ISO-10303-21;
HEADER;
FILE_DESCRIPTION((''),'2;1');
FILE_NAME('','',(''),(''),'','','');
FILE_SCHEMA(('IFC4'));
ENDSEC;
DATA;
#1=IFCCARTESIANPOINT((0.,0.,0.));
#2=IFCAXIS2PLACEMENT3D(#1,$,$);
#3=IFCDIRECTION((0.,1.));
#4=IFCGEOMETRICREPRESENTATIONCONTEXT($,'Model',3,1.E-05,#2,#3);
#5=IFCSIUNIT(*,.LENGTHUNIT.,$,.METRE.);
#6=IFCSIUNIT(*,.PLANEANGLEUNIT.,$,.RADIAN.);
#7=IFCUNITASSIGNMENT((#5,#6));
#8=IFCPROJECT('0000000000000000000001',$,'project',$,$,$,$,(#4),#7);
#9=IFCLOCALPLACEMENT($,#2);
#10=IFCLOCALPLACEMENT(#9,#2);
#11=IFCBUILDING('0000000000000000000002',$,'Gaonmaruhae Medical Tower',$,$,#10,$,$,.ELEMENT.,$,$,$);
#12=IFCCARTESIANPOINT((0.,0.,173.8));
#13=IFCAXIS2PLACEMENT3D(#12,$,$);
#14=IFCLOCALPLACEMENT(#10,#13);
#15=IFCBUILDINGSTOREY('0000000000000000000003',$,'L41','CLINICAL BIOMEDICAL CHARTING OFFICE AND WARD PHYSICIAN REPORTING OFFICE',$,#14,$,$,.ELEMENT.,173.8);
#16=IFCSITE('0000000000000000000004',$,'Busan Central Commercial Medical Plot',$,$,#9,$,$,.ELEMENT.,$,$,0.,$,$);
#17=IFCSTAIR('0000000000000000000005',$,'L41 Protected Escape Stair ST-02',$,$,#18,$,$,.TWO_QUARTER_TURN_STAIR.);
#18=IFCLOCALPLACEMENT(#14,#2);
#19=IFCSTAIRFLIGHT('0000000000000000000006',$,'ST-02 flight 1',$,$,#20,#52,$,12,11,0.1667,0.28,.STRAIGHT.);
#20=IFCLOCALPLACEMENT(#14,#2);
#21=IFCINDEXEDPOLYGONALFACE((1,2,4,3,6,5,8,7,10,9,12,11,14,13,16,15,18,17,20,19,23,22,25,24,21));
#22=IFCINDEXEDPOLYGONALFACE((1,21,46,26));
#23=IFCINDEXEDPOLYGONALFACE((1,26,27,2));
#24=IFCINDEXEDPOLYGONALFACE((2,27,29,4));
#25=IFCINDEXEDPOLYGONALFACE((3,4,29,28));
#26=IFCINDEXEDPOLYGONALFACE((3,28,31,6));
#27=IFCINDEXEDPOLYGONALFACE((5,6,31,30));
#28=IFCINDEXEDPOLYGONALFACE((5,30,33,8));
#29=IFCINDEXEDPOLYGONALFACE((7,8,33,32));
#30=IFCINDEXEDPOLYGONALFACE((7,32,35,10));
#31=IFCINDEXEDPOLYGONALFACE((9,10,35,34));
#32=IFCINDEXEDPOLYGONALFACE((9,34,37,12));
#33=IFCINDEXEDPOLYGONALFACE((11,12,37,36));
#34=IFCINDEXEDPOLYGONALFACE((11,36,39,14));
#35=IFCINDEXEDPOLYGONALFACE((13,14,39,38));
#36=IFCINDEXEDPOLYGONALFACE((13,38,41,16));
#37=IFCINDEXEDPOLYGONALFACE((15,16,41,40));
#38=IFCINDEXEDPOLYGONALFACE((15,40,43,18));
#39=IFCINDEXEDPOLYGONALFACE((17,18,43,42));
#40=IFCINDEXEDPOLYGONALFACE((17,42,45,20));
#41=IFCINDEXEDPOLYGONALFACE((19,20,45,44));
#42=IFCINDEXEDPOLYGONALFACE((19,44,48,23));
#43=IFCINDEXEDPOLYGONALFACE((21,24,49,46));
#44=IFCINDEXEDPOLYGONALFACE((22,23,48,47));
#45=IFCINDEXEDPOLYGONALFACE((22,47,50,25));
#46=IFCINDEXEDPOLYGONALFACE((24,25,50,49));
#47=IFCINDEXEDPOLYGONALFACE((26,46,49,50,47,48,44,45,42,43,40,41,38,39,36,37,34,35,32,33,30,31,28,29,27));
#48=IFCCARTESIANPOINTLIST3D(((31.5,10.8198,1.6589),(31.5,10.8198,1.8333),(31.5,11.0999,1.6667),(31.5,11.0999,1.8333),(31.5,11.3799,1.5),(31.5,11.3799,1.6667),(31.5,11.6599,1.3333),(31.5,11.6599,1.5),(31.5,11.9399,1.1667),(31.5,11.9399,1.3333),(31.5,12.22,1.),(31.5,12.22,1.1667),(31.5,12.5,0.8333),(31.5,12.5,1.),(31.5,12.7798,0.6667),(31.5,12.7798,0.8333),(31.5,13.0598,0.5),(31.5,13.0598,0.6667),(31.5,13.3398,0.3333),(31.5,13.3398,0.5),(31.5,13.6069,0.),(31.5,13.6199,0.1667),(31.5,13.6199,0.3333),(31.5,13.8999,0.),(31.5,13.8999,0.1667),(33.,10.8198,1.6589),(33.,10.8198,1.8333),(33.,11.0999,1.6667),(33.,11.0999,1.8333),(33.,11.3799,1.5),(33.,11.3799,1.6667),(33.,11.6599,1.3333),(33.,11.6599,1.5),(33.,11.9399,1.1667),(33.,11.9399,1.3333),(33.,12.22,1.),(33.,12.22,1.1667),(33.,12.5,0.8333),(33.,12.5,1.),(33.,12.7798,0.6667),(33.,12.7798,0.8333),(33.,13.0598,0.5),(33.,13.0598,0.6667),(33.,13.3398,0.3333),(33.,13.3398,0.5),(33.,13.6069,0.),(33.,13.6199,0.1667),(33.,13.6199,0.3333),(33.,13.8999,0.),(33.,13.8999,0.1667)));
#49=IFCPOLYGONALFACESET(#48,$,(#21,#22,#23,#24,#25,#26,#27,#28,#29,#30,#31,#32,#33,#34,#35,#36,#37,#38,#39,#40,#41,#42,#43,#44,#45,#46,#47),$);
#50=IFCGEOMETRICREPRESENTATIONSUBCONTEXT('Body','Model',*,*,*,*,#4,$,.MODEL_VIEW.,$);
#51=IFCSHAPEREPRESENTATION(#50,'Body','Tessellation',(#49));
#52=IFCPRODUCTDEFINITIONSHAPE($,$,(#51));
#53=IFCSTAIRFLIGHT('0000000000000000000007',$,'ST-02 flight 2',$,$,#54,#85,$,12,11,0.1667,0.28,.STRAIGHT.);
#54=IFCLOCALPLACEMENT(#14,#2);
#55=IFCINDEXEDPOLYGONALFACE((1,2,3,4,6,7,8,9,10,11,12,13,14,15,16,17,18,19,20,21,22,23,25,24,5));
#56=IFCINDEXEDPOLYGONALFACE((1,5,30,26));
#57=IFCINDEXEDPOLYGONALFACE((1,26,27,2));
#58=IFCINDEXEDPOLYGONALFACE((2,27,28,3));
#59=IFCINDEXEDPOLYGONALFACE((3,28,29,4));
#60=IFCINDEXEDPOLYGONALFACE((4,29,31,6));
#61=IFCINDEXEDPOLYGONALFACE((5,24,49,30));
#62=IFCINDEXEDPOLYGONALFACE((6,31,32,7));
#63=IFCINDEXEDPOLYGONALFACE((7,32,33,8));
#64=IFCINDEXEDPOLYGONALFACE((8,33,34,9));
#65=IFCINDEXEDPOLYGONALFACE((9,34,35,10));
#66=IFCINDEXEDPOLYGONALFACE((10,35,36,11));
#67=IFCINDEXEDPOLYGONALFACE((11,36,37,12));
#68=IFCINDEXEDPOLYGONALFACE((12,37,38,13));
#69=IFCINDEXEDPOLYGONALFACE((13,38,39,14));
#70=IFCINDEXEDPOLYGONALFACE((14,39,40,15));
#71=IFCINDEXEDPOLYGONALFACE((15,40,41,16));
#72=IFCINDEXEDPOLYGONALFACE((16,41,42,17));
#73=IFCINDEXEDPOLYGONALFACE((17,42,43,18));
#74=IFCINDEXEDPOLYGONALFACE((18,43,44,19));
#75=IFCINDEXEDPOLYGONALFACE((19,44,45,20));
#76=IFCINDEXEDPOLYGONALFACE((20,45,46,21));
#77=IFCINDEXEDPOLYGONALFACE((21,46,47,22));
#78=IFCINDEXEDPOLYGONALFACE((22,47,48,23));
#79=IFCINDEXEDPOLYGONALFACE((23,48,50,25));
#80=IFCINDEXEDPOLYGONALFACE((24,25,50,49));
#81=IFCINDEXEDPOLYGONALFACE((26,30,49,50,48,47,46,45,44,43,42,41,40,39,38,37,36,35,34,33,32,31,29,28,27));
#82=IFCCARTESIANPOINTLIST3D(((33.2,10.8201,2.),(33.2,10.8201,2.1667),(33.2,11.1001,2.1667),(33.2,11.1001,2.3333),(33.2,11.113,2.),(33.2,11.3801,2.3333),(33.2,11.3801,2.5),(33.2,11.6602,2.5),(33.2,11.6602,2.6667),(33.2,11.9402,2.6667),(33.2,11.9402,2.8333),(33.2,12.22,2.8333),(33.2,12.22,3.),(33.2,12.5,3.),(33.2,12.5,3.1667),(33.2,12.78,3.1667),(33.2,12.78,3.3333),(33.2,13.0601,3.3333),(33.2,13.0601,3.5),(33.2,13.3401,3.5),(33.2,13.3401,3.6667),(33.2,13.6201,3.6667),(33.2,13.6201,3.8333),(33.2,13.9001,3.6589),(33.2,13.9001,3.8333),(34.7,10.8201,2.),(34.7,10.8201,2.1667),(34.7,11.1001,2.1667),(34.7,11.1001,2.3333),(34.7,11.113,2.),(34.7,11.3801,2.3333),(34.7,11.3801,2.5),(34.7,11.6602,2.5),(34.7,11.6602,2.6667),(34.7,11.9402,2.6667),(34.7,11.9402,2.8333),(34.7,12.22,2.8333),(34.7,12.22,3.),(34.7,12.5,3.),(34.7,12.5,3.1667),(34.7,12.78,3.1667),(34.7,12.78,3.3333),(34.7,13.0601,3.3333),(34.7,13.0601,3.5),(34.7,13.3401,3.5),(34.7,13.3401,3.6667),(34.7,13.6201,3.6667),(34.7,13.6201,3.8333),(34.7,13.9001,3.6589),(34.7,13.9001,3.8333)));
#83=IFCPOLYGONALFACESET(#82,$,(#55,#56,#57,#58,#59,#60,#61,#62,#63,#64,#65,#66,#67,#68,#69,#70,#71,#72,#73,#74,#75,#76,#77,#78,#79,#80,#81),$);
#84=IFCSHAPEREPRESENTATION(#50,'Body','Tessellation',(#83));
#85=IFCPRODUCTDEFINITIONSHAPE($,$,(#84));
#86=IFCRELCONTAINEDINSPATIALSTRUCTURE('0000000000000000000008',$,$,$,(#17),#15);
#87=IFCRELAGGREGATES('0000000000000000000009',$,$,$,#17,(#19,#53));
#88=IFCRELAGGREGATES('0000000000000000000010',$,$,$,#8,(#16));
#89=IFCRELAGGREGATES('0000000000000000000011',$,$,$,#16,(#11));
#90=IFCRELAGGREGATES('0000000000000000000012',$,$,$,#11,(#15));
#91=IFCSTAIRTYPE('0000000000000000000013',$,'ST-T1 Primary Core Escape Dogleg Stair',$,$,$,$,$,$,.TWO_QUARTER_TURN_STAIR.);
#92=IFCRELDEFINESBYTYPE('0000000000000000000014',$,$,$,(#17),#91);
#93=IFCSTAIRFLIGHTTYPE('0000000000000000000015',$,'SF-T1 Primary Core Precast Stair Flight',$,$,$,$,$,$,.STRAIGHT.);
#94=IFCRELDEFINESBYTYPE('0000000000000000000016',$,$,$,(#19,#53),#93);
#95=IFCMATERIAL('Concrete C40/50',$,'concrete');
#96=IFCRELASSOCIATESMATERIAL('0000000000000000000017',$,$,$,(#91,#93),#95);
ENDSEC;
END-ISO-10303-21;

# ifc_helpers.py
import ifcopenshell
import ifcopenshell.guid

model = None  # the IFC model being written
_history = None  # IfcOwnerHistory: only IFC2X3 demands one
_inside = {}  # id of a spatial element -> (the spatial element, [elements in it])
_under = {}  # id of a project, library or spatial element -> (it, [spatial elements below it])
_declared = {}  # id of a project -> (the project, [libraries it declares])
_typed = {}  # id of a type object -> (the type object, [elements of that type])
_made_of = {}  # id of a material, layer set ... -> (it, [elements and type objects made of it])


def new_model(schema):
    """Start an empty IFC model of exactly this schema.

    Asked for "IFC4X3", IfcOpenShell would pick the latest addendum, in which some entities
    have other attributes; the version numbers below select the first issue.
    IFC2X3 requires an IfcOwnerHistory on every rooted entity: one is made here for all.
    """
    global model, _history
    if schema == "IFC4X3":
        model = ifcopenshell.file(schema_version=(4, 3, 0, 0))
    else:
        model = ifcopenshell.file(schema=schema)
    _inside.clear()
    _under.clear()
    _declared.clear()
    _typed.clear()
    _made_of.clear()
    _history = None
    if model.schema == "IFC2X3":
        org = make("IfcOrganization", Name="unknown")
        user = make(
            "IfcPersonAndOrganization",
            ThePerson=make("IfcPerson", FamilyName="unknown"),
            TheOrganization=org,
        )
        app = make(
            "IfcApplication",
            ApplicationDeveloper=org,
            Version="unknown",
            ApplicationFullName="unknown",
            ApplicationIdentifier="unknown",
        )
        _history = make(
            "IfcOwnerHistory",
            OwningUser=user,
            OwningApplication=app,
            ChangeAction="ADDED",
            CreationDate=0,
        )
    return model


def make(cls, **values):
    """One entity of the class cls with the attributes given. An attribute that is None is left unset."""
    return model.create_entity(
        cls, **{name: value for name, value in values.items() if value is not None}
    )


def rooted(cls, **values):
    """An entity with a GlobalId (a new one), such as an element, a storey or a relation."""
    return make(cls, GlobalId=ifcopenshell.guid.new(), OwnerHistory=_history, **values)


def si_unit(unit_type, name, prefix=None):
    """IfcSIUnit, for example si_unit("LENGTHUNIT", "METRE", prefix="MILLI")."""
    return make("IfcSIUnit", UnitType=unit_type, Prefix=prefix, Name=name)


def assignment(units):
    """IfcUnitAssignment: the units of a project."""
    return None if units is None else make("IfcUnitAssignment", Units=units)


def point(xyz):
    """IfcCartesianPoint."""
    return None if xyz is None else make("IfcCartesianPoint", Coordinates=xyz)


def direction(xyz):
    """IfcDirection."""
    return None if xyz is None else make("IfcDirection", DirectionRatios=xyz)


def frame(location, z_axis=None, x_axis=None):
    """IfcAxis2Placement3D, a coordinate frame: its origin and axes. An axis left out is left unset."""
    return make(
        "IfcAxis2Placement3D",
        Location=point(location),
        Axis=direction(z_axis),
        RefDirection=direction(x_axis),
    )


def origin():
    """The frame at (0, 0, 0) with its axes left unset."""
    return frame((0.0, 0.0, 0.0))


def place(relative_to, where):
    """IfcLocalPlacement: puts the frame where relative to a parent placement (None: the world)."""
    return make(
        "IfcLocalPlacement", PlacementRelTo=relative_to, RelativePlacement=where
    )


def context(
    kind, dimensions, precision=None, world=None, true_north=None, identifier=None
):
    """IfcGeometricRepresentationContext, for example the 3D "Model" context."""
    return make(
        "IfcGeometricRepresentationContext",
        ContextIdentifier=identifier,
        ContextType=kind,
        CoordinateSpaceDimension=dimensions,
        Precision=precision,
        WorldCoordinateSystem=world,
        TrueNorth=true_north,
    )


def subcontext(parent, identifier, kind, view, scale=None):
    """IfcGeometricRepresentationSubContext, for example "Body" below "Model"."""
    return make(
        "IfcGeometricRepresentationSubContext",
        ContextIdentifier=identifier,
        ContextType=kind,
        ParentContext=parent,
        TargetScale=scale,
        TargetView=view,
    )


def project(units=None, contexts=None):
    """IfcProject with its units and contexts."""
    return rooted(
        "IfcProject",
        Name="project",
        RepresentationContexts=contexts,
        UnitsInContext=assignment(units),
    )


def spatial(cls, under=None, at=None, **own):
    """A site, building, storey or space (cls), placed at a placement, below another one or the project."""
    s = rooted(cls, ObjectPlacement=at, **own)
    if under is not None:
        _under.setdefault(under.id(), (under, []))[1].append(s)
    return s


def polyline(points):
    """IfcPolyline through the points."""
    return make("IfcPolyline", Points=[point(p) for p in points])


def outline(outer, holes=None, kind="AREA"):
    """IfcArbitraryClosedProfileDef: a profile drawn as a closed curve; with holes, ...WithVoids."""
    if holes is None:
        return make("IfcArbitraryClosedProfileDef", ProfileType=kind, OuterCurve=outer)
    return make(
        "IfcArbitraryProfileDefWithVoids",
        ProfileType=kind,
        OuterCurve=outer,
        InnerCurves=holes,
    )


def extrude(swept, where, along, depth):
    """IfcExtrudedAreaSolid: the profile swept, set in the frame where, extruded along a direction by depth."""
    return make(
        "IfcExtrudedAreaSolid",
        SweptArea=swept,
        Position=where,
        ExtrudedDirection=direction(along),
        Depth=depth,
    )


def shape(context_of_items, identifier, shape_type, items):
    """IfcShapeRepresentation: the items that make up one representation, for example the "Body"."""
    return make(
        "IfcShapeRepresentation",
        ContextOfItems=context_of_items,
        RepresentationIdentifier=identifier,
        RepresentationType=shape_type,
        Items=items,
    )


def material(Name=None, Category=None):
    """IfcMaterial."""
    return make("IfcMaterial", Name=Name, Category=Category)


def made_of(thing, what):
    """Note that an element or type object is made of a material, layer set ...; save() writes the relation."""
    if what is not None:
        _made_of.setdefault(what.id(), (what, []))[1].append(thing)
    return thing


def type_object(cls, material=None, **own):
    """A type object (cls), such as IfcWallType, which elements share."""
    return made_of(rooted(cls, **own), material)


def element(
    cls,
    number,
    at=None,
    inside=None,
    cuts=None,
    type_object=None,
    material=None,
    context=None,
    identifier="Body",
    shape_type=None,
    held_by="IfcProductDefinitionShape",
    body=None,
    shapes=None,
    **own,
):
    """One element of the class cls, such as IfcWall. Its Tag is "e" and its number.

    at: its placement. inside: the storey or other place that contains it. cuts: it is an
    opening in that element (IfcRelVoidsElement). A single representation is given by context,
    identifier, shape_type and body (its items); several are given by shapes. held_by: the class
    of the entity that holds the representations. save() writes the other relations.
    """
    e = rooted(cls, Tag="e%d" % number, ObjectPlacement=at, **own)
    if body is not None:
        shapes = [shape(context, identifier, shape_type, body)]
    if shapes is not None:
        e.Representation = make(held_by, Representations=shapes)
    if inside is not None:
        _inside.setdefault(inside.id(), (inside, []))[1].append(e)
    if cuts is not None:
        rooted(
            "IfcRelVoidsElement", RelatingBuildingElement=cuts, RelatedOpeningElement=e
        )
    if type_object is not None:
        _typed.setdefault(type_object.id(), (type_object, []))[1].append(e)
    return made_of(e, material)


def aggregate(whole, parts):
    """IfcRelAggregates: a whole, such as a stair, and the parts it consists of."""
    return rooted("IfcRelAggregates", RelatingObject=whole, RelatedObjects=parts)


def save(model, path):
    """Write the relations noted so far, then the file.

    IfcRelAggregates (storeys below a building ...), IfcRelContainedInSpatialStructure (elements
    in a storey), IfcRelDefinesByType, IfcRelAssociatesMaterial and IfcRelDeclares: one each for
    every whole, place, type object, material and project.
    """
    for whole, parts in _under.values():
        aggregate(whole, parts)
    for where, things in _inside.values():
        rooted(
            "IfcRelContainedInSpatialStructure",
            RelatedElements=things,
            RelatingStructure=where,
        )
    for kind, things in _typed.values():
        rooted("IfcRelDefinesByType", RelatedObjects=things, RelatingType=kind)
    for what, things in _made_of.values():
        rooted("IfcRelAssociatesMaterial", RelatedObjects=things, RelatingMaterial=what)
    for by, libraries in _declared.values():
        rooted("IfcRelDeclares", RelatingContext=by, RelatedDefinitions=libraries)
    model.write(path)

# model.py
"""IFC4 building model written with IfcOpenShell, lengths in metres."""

from ifc_helpers import new_model, si_unit, direction, frame, origin, place, context, subcontext, project, spatial, polyline, outline, extrude, material, type_object, element, aggregate, save


model = new_model("IFC4")

# Units and contexts
model_context = context("Model", 3, precision=1e-05, world=origin(), true_north=direction((0.0, 1.0)))
body_context = subcontext(model_context, "Body", "Model", "MODEL_VIEW")
ifc_project = project(units=[si_unit("LENGTHUNIT", "METRE"), si_unit("PLANEANGLEUNIT", "RADIAN")], contexts=[model_context])

# Site, building, storey
site_placement = place(None, origin())
site = spatial("IfcSite", under=ifc_project, at=site_placement, Name="Busan Central Commercial Medical Plot", CompositionType="ELEMENT", RefElevation=0.0)
building_placement = place(site_placement, origin())
building = spatial("IfcBuilding", under=site, at=building_placement, Name="Gaonmaruhae Medical Tower", CompositionType="ELEMENT")
storey_placement = place(building_placement, frame((0.0, 0.0, 173.8)))
storey = spatial("IfcBuildingStorey", under=building, at=storey_placement, Name="L41", Description="CLINICAL BIOMEDICAL CHARTING OFFICE AND WARD PHYSICIAN REPORTING OFFICE", CompositionType="ELEMENT", Elevation=173.8)

# Stair, stair flights
ifc_material_1 = material(Name="Concrete C40/50", Category="concrete")
stair_type = type_object("IfcStairType", Name="ST-T1 Primary Core Escape Dogleg Stair", PredefinedType="TWO_QUARTER_TURN_STAIR", material=ifc_material_1)
stair_placement = place(storey_placement, origin())
stair = element("IfcStair", 1, at=stair_placement, inside=storey, type_object=stair_type, Name="L41 Protected Escape Stair ST-02", PredefinedType="TWO_QUARTER_TURN_STAIR")
stair_flight_type = type_object("IfcStairFlightType", Name="SF-T1 Primary Core Precast Stair Flight", PredefinedType="STRAIGHT", material=ifc_material_1)
stair_flight_1_placement = place(storey_placement, frame((32.25, 13.8999, 0.0), z_axis=(0.0, 0.0, 1.0), x_axis=(0.0, -1.0, 0.0)))
stair_flight_1 = element("IfcStairFlight", 2, at=stair_flight_1_placement, type_object=stair_flight_type, Name="ST-02 flight 1", NumberOfRisers=12, NumberOfTreads=11, PredefinedType="STRAIGHT", RiserHeight=0.1667, TreadLength=0.28, context=body_context, shape_type="SweptSolid", body=[
    extrude(outline(polyline([(0.0, 0.0), (0.0, 0.1667), (0.28, 0.1667), (0.28, 0.3333), (0.5601, 0.3333), (0.5601, 0.5), (0.8401, 0.5), (0.8401, 0.6667), (1.1201, 0.6667), (1.1201, 0.8333), (1.3999, 0.8333), (1.3999, 1.0), (1.6799, 1.0), (1.6799, 1.1667), (1.96, 1.1667), (1.96, 1.3333), (2.24, 1.3333), (2.24, 1.5), (2.52, 1.5), (2.52, 1.6667), (2.8, 1.6667), (2.8, 1.8333), (3.0801, 1.8333), (3.0801, 2.0), (3.0801, 1.6589), (0.293, 0.0), (0.0, 0.0)])), frame((0.0, 0.75, 0.0), z_axis=(0.0, -1.0, 0.0), x_axis=(1.0, 0.0, 0.0)), (0.0, 0.0, 1.0), 1.5),
])
stair_flight_2_placement = place(storey_placement, frame((33.95, 10.8201, 2.0), z_axis=(0.0, 0.0, 1.0), x_axis=(0.0, 1.0, 0.0)))
stair_flight_2 = element("IfcStairFlight", 3, at=stair_flight_2_placement, type_object=stair_flight_type, Name="ST-02 flight 2", NumberOfRisers=12, NumberOfTreads=11, PredefinedType="STRAIGHT", RiserHeight=0.1667, TreadLength=0.28, context=body_context, shape_type="SweptSolid", body=[
    extrude(outline(polyline([(0.0, 0.0), (0.0, 0.1667), (0.28, 0.1667), (0.28, 0.3333), (0.5601, 0.3333), (0.5601, 0.5), (0.8401, 0.5), (0.8401, 0.6667), (1.1201, 0.6667), (1.1201, 0.8333), (1.3999, 0.8333), (1.3999, 1.0), (1.6799, 1.0), (1.6799, 1.1667), (1.96, 1.1667), (1.96, 1.3333), (2.24, 1.3333), (2.24, 1.5), (2.52, 1.5), (2.52, 1.6667), (2.8, 1.6667), (2.8, 1.8333), (3.0801, 1.8333), (3.0801, 2.0), (3.0801, 1.6589), (0.293, 0.0), (0.0, 0.0)])), frame((0.0, 0.75, 0.0), z_axis=(0.0, -1.0, 0.0), x_axis=(1.0, 0.0, 0.0)), (0.0, 0.0, 1.0), 1.5),
])
aggregate(stair, [stair_flight_1, stair_flight_2])

save(model, "model.ifc")
